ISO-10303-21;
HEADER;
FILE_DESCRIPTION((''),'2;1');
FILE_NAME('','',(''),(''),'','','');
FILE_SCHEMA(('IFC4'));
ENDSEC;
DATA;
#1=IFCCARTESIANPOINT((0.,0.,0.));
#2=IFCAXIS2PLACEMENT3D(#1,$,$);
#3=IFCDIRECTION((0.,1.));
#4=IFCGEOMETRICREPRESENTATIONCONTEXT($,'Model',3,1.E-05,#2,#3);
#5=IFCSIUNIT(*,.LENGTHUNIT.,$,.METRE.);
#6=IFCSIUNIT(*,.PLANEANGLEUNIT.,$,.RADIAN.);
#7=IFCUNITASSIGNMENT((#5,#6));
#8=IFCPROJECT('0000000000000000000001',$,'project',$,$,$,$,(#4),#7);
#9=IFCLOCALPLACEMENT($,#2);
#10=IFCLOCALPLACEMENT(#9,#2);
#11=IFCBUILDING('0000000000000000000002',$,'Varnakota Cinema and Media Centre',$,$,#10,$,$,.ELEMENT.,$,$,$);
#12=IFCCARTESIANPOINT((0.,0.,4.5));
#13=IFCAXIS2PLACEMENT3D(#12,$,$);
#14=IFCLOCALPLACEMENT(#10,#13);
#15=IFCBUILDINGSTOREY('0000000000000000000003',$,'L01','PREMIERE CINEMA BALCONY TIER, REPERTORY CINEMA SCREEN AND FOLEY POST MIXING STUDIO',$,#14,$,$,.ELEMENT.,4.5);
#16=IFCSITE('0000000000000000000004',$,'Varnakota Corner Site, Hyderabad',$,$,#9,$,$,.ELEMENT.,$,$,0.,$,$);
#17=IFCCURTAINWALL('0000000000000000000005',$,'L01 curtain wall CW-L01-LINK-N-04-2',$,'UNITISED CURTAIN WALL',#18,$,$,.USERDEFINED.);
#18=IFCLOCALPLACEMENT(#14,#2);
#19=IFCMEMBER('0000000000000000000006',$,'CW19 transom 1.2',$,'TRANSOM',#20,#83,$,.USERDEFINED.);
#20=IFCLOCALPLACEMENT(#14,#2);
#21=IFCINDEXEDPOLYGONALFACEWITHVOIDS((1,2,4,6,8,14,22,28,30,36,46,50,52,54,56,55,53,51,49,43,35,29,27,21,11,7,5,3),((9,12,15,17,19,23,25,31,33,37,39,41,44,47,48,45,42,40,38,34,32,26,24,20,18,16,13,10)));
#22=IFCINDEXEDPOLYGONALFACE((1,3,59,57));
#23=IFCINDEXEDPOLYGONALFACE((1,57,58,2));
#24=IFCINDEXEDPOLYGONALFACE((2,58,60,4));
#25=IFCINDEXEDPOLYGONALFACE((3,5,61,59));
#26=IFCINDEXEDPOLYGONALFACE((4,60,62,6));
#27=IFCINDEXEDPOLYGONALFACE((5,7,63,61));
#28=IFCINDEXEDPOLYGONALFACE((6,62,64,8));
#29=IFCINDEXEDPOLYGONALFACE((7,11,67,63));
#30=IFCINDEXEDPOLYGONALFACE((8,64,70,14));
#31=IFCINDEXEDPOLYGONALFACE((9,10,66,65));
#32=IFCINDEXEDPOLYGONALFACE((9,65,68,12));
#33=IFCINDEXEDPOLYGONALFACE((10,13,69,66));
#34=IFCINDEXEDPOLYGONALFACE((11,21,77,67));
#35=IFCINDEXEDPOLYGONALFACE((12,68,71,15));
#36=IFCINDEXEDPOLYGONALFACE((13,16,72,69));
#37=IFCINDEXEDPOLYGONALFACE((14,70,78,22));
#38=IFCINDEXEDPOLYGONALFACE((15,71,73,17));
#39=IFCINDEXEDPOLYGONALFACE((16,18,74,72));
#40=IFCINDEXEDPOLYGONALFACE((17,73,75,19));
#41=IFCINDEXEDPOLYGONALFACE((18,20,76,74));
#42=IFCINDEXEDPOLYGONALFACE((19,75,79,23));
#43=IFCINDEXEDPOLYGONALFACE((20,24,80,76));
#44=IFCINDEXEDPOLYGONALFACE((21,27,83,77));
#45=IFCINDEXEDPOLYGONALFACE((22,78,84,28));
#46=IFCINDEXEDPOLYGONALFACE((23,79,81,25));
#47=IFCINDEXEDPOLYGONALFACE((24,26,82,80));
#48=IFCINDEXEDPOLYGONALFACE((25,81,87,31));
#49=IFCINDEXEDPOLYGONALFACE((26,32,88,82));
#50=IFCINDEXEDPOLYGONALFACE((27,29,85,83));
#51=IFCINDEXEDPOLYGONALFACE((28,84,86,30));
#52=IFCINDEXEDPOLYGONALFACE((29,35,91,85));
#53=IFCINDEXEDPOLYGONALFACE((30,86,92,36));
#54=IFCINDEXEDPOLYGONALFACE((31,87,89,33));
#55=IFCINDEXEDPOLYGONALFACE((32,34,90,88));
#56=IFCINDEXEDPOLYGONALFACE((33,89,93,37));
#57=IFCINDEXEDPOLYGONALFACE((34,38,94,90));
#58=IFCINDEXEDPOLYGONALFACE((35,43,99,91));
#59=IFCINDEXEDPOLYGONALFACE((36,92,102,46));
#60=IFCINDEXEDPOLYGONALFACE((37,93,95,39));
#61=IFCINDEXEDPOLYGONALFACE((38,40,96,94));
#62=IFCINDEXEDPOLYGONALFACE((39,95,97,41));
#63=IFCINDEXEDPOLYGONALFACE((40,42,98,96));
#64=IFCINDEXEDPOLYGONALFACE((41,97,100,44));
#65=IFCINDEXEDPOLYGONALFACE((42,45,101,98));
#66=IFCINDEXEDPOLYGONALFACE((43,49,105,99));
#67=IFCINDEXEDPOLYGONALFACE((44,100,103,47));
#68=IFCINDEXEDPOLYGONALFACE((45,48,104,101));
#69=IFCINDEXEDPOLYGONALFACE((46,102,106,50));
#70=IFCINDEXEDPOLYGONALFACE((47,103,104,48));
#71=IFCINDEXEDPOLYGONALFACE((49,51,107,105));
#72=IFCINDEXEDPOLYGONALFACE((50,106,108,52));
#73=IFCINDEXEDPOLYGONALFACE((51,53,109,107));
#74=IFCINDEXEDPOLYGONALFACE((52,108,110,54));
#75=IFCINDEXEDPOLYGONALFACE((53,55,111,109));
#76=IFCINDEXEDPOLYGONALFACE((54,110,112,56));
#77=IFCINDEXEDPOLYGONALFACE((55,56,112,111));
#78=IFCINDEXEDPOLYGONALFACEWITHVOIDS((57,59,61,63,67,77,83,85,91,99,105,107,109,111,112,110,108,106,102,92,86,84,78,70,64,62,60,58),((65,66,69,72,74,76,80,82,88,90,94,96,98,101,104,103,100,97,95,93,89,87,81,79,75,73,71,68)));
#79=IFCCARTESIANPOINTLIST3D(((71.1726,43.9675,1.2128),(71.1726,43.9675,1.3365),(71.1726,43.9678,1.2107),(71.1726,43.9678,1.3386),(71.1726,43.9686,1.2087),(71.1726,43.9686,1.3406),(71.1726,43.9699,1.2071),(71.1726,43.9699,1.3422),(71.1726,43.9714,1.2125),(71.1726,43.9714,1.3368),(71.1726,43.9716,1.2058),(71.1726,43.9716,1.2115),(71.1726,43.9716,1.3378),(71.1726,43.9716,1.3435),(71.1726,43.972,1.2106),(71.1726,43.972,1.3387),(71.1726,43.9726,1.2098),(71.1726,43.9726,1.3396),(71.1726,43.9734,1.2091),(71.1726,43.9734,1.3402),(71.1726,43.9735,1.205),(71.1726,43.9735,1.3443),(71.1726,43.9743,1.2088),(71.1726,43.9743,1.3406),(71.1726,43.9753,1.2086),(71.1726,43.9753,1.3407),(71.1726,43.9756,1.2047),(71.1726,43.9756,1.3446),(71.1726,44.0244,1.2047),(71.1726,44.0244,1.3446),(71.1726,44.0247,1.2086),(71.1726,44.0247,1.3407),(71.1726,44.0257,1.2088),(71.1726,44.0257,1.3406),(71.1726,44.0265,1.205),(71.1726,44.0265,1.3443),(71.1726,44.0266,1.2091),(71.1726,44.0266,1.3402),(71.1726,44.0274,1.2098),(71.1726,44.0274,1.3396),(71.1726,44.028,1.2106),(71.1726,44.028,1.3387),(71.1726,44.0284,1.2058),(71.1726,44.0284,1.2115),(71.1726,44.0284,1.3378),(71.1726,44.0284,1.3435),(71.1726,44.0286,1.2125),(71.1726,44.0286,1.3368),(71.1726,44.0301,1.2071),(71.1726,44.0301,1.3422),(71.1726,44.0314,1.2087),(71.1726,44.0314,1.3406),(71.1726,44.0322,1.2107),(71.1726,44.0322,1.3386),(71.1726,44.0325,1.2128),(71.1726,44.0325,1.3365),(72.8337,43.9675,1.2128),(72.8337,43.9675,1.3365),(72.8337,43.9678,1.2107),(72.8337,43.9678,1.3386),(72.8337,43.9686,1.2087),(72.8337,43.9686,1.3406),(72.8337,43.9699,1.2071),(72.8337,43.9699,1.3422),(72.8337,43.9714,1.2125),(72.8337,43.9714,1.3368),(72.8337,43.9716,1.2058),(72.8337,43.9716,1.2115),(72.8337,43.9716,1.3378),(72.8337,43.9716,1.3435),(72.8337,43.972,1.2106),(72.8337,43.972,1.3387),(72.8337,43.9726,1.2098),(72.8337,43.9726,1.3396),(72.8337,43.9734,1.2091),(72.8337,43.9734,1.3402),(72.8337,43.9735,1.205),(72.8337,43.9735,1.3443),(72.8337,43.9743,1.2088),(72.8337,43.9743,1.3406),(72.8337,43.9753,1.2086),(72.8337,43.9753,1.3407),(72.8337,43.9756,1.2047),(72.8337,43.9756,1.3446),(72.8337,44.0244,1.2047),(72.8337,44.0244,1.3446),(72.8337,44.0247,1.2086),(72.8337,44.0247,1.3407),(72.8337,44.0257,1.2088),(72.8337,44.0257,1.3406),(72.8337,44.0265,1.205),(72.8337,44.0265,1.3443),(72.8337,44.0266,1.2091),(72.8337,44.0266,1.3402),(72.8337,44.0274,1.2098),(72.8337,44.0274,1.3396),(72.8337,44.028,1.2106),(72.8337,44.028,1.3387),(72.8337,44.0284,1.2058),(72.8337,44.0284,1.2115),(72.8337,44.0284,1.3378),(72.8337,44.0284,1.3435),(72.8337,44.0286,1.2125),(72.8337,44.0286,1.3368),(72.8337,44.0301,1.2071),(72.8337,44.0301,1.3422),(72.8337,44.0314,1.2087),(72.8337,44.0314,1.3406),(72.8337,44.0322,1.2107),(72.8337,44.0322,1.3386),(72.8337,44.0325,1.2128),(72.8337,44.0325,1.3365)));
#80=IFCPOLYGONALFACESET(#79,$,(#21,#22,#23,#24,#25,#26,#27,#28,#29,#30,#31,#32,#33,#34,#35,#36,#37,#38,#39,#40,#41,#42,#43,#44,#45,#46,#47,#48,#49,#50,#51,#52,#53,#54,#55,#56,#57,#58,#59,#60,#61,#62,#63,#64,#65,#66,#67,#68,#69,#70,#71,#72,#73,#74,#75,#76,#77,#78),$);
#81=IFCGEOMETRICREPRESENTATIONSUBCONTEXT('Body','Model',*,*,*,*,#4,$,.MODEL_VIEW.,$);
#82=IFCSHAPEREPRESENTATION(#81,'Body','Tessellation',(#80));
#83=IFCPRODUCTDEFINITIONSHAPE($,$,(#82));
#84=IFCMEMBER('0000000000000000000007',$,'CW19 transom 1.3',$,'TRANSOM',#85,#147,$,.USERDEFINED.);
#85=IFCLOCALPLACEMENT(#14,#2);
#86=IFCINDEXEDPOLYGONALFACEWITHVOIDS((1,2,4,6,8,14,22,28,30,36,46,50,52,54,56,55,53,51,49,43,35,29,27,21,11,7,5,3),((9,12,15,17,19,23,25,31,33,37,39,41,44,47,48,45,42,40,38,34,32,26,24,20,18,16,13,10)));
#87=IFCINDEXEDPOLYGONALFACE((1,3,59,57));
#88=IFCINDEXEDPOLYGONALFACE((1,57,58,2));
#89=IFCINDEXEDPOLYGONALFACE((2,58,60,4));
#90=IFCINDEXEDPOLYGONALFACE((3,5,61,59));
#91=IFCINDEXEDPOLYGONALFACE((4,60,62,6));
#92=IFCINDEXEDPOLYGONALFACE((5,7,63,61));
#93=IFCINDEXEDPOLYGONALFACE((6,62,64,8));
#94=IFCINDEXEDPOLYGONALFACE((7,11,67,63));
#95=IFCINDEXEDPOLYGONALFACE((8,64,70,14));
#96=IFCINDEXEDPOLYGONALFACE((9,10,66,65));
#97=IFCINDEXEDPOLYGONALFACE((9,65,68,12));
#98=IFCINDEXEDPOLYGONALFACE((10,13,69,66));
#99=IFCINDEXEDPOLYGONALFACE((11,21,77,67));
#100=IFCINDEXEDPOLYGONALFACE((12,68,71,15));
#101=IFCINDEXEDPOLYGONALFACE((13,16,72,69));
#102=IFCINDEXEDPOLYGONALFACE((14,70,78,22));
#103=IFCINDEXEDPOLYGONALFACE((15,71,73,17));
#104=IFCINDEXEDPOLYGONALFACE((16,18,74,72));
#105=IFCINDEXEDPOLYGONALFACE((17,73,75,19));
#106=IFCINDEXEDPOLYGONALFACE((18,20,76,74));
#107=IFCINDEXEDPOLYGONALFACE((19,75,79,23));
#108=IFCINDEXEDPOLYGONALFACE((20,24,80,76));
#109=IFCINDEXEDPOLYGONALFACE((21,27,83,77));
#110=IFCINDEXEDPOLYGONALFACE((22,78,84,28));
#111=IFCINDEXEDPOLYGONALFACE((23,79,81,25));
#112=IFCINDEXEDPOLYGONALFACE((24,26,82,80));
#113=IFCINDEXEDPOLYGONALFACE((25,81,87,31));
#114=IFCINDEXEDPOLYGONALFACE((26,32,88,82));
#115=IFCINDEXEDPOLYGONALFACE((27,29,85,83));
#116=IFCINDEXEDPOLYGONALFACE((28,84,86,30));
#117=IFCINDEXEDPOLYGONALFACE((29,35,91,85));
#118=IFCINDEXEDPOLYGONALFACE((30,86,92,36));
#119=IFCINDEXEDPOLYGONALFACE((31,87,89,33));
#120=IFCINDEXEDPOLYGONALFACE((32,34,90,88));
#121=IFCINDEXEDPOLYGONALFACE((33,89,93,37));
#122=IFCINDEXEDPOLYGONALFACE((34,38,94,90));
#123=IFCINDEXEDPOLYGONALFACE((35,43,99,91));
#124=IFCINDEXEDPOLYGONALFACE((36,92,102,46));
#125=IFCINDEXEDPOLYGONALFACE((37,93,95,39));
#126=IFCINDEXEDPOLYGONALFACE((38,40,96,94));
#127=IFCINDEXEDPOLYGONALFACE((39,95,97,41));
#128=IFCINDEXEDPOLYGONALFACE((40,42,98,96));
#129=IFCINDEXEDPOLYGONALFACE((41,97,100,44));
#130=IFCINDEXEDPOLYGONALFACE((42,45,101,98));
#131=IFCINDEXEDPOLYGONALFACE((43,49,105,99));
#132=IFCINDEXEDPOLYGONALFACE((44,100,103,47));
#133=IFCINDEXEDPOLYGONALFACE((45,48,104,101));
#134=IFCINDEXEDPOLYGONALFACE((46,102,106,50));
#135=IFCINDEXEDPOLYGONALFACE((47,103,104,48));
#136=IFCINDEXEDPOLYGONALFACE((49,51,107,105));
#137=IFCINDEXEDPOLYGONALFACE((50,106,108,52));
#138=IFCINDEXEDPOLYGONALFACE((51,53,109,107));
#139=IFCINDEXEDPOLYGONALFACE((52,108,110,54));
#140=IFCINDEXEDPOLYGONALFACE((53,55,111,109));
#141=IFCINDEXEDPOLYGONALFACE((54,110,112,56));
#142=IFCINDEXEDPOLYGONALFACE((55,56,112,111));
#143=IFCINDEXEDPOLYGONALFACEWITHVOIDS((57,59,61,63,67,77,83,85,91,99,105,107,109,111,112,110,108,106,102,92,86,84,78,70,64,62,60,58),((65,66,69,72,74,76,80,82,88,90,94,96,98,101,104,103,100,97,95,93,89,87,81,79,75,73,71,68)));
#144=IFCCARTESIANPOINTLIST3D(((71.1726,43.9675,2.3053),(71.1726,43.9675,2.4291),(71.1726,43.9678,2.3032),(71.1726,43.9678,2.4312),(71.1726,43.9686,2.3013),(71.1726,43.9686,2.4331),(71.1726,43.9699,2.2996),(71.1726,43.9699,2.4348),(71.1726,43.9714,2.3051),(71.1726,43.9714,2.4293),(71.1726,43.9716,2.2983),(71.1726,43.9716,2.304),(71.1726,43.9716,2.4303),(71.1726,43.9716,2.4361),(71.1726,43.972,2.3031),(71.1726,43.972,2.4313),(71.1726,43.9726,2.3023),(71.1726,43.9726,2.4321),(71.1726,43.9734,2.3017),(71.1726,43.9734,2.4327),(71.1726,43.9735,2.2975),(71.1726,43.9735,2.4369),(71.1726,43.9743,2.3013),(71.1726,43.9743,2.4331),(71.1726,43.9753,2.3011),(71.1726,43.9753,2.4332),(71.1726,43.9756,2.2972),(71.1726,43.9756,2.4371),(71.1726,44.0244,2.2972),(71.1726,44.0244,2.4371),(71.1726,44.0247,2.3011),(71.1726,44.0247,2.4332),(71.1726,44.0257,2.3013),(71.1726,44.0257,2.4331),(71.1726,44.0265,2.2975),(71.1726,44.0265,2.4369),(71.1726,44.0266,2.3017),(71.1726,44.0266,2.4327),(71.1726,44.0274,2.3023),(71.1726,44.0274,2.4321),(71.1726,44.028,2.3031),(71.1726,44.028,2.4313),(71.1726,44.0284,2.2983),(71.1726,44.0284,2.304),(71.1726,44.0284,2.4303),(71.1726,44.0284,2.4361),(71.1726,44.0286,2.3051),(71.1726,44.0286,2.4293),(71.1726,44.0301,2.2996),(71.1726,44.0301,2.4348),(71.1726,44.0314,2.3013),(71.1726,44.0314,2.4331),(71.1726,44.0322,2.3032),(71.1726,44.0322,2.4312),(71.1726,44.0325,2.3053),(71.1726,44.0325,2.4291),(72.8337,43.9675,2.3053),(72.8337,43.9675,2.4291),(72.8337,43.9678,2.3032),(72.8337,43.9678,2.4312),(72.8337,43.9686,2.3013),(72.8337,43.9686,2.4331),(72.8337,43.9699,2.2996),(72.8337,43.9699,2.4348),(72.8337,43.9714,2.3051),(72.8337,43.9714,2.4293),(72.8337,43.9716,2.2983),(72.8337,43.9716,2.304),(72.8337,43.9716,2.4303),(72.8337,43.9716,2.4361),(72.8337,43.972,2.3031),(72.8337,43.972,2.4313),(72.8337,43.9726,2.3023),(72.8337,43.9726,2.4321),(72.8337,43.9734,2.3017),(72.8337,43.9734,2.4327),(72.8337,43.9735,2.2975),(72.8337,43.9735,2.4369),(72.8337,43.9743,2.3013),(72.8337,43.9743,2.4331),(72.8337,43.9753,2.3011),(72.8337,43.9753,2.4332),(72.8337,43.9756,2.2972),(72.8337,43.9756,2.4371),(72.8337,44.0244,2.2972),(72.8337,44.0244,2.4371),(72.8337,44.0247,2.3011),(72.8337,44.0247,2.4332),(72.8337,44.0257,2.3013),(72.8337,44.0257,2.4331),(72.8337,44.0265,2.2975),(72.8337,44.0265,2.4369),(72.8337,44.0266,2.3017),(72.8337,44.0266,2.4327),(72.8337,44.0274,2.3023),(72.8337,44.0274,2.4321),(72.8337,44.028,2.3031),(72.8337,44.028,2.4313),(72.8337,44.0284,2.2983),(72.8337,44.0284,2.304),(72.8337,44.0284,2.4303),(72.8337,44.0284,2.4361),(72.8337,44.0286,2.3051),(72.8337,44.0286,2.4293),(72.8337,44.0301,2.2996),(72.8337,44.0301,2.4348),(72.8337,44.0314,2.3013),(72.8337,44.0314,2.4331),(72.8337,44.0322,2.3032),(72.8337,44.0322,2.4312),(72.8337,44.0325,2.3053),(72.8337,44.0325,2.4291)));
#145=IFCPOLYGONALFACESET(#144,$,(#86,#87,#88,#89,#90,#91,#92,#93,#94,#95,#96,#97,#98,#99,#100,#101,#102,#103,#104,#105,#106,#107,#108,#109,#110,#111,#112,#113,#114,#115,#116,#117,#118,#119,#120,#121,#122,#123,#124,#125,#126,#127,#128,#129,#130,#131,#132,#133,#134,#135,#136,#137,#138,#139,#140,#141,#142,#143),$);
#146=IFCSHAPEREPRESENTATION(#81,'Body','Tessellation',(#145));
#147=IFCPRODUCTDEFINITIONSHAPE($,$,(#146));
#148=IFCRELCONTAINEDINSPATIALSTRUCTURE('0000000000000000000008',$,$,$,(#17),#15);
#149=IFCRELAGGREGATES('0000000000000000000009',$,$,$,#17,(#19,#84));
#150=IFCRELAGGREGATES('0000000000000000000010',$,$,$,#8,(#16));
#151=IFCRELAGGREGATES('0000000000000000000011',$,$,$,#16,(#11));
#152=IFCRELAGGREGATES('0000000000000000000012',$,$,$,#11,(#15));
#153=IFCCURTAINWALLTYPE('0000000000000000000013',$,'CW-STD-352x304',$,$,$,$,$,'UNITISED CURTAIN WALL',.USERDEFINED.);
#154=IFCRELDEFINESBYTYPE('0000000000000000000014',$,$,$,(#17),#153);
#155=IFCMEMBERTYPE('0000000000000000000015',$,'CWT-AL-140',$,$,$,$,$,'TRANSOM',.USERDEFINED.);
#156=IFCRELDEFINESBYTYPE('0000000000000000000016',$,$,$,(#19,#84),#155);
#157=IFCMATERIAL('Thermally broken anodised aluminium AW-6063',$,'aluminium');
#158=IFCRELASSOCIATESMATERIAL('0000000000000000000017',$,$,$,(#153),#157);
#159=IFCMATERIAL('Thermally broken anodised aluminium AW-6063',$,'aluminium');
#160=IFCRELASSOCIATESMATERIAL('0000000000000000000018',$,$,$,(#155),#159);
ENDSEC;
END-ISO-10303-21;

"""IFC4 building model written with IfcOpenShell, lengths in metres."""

from ifc_helpers import new_model, si_unit, direction, frame, origin, origin_2d, place, context, subcontext, project, spatial, hollow_rectangle, extrude, material, material_profile, profile_set, type_object, element, aggregate, save


model = new_model("IFC4")

# Units and contexts
model_context = context("Model", 3, precision=1e-05, world=origin(), true_north=direction((0.0, 1.0)))
body_context = subcontext(model_context, "Body", "Model", "MODEL_VIEW")
ifc_project = project(units=[si_unit("LENGTHUNIT", "METRE"), si_unit("PLANEANGLEUNIT", "RADIAN")], contexts=[model_context])

# Site, building, storey
site_placement = place(None, origin())
site = spatial("IfcSite", under=ifc_project, at=site_placement, Name="Varnakota Corner Site, Hyderabad", CompositionType="ELEMENT", RefElevation=0.0)
building_placement = place(site_placement, origin())
building = spatial("IfcBuilding", under=site, at=building_placement, Name="Varnakota Cinema and Media Centre", CompositionType="ELEMENT")
storey_placement = place(building_placement, frame((0.0, 0.0, 4.5)))
storey = spatial("IfcBuildingStorey", under=building, at=storey_placement, Name="L01", Description="PREMIERE CINEMA BALCONY TIER, REPERTORY CINEMA SCREEN AND FOLEY POST MIXING STUDIO", CompositionType="ELEMENT", Elevation=4.5)

# Shared definitions
ifc_material_1 = material(Name="Thermally broken anodised aluminium AW-6063", Category="aluminium")
curtain_wall_type_1 = type_object("IfcCurtainWallType", Name="CW-STD-352x304", ElementType="UNITISED CURTAIN WALL", PredefinedType="USERDEFINED", material=ifc_material_1)

# Curtain wall
curtain_wall_1_placement = place(storey_placement, origin())
curtain_wall_1 = element("IfcCurtainWall", 1, at=curtain_wall_1_placement, inside=storey, type_object=curtain_wall_type_1, Name="L01 curtain wall CW-L01-LINK-N-04-2", ObjectType="UNITISED CURTAIN WALL", PredefinedType="USERDEFINED")

# Members
ifc_material_2 = material(Name="Thermally broken anodised aluminium AW-6063", Category="aluminium")
ifc_material_profile_1 = material_profile(ifc_material_2, hollow_rectangle(XDim=0.0649, YDim=0.1399, WallThickness=0.0039, InnerFilletRadius=0.0039, OuterFilletRadius=0.0081, at=origin_2d()), Name="AL-TRANSOM 140x65x4")
ifc_profile_set_1 = profile_set([ifc_material_profile_1], Name="Thermally broken anodised aluminium AW-6063")
member_type_1 = type_object("IfcMemberType", Name="CWT-AL-140", ElementType="TRANSOM", PredefinedType="USERDEFINED", material=ifc_profile_set_1)
member_1_placement = place(storey_placement, frame((71.1726, 44.0, 1.2747), z_axis=(1.0, 0.0, 0.0), x_axis=(0.0, 1.0, 0.0)))
member_1 = element("IfcMember", 2, at=member_1_placement, type_object=member_type_1, Name="CW19 transom 1.2", ObjectType="TRANSOM", PredefinedType="USERDEFINED", context=body_context, shape_type="SweptSolid", body=[
    extrude(hollow_rectangle(XDim=0.0649, YDim=0.1399, WallThickness=0.0039, InnerFilletRadius=0.0039, OuterFilletRadius=0.0081, at=origin_2d()), origin(), (0.0, 0.0, 1.0), 1.6611),
])
member_2_placement = place(storey_placement, frame((71.1726, 44.0, 2.3672), z_axis=(1.0, 0.0, 0.0), x_axis=(0.0, 1.0, 0.0)))
member_2 = element("IfcMember", 3, at=member_2_placement, type_object=member_type_1, Name="CW19 transom 1.3", ObjectType="TRANSOM", PredefinedType="USERDEFINED", context=body_context, shape_type="SweptSolid", body=[
    extrude(hollow_rectangle(XDim=0.0649, YDim=0.1399, WallThickness=0.0039, InnerFilletRadius=0.0039, OuterFilletRadius=0.0081, at=origin_2d()), origin(), (0.0, 0.0, 1.0), 1.6611),
])

aggregate(curtain_wall_1, [member_1, member_2])

save(model, "model.ifc")
